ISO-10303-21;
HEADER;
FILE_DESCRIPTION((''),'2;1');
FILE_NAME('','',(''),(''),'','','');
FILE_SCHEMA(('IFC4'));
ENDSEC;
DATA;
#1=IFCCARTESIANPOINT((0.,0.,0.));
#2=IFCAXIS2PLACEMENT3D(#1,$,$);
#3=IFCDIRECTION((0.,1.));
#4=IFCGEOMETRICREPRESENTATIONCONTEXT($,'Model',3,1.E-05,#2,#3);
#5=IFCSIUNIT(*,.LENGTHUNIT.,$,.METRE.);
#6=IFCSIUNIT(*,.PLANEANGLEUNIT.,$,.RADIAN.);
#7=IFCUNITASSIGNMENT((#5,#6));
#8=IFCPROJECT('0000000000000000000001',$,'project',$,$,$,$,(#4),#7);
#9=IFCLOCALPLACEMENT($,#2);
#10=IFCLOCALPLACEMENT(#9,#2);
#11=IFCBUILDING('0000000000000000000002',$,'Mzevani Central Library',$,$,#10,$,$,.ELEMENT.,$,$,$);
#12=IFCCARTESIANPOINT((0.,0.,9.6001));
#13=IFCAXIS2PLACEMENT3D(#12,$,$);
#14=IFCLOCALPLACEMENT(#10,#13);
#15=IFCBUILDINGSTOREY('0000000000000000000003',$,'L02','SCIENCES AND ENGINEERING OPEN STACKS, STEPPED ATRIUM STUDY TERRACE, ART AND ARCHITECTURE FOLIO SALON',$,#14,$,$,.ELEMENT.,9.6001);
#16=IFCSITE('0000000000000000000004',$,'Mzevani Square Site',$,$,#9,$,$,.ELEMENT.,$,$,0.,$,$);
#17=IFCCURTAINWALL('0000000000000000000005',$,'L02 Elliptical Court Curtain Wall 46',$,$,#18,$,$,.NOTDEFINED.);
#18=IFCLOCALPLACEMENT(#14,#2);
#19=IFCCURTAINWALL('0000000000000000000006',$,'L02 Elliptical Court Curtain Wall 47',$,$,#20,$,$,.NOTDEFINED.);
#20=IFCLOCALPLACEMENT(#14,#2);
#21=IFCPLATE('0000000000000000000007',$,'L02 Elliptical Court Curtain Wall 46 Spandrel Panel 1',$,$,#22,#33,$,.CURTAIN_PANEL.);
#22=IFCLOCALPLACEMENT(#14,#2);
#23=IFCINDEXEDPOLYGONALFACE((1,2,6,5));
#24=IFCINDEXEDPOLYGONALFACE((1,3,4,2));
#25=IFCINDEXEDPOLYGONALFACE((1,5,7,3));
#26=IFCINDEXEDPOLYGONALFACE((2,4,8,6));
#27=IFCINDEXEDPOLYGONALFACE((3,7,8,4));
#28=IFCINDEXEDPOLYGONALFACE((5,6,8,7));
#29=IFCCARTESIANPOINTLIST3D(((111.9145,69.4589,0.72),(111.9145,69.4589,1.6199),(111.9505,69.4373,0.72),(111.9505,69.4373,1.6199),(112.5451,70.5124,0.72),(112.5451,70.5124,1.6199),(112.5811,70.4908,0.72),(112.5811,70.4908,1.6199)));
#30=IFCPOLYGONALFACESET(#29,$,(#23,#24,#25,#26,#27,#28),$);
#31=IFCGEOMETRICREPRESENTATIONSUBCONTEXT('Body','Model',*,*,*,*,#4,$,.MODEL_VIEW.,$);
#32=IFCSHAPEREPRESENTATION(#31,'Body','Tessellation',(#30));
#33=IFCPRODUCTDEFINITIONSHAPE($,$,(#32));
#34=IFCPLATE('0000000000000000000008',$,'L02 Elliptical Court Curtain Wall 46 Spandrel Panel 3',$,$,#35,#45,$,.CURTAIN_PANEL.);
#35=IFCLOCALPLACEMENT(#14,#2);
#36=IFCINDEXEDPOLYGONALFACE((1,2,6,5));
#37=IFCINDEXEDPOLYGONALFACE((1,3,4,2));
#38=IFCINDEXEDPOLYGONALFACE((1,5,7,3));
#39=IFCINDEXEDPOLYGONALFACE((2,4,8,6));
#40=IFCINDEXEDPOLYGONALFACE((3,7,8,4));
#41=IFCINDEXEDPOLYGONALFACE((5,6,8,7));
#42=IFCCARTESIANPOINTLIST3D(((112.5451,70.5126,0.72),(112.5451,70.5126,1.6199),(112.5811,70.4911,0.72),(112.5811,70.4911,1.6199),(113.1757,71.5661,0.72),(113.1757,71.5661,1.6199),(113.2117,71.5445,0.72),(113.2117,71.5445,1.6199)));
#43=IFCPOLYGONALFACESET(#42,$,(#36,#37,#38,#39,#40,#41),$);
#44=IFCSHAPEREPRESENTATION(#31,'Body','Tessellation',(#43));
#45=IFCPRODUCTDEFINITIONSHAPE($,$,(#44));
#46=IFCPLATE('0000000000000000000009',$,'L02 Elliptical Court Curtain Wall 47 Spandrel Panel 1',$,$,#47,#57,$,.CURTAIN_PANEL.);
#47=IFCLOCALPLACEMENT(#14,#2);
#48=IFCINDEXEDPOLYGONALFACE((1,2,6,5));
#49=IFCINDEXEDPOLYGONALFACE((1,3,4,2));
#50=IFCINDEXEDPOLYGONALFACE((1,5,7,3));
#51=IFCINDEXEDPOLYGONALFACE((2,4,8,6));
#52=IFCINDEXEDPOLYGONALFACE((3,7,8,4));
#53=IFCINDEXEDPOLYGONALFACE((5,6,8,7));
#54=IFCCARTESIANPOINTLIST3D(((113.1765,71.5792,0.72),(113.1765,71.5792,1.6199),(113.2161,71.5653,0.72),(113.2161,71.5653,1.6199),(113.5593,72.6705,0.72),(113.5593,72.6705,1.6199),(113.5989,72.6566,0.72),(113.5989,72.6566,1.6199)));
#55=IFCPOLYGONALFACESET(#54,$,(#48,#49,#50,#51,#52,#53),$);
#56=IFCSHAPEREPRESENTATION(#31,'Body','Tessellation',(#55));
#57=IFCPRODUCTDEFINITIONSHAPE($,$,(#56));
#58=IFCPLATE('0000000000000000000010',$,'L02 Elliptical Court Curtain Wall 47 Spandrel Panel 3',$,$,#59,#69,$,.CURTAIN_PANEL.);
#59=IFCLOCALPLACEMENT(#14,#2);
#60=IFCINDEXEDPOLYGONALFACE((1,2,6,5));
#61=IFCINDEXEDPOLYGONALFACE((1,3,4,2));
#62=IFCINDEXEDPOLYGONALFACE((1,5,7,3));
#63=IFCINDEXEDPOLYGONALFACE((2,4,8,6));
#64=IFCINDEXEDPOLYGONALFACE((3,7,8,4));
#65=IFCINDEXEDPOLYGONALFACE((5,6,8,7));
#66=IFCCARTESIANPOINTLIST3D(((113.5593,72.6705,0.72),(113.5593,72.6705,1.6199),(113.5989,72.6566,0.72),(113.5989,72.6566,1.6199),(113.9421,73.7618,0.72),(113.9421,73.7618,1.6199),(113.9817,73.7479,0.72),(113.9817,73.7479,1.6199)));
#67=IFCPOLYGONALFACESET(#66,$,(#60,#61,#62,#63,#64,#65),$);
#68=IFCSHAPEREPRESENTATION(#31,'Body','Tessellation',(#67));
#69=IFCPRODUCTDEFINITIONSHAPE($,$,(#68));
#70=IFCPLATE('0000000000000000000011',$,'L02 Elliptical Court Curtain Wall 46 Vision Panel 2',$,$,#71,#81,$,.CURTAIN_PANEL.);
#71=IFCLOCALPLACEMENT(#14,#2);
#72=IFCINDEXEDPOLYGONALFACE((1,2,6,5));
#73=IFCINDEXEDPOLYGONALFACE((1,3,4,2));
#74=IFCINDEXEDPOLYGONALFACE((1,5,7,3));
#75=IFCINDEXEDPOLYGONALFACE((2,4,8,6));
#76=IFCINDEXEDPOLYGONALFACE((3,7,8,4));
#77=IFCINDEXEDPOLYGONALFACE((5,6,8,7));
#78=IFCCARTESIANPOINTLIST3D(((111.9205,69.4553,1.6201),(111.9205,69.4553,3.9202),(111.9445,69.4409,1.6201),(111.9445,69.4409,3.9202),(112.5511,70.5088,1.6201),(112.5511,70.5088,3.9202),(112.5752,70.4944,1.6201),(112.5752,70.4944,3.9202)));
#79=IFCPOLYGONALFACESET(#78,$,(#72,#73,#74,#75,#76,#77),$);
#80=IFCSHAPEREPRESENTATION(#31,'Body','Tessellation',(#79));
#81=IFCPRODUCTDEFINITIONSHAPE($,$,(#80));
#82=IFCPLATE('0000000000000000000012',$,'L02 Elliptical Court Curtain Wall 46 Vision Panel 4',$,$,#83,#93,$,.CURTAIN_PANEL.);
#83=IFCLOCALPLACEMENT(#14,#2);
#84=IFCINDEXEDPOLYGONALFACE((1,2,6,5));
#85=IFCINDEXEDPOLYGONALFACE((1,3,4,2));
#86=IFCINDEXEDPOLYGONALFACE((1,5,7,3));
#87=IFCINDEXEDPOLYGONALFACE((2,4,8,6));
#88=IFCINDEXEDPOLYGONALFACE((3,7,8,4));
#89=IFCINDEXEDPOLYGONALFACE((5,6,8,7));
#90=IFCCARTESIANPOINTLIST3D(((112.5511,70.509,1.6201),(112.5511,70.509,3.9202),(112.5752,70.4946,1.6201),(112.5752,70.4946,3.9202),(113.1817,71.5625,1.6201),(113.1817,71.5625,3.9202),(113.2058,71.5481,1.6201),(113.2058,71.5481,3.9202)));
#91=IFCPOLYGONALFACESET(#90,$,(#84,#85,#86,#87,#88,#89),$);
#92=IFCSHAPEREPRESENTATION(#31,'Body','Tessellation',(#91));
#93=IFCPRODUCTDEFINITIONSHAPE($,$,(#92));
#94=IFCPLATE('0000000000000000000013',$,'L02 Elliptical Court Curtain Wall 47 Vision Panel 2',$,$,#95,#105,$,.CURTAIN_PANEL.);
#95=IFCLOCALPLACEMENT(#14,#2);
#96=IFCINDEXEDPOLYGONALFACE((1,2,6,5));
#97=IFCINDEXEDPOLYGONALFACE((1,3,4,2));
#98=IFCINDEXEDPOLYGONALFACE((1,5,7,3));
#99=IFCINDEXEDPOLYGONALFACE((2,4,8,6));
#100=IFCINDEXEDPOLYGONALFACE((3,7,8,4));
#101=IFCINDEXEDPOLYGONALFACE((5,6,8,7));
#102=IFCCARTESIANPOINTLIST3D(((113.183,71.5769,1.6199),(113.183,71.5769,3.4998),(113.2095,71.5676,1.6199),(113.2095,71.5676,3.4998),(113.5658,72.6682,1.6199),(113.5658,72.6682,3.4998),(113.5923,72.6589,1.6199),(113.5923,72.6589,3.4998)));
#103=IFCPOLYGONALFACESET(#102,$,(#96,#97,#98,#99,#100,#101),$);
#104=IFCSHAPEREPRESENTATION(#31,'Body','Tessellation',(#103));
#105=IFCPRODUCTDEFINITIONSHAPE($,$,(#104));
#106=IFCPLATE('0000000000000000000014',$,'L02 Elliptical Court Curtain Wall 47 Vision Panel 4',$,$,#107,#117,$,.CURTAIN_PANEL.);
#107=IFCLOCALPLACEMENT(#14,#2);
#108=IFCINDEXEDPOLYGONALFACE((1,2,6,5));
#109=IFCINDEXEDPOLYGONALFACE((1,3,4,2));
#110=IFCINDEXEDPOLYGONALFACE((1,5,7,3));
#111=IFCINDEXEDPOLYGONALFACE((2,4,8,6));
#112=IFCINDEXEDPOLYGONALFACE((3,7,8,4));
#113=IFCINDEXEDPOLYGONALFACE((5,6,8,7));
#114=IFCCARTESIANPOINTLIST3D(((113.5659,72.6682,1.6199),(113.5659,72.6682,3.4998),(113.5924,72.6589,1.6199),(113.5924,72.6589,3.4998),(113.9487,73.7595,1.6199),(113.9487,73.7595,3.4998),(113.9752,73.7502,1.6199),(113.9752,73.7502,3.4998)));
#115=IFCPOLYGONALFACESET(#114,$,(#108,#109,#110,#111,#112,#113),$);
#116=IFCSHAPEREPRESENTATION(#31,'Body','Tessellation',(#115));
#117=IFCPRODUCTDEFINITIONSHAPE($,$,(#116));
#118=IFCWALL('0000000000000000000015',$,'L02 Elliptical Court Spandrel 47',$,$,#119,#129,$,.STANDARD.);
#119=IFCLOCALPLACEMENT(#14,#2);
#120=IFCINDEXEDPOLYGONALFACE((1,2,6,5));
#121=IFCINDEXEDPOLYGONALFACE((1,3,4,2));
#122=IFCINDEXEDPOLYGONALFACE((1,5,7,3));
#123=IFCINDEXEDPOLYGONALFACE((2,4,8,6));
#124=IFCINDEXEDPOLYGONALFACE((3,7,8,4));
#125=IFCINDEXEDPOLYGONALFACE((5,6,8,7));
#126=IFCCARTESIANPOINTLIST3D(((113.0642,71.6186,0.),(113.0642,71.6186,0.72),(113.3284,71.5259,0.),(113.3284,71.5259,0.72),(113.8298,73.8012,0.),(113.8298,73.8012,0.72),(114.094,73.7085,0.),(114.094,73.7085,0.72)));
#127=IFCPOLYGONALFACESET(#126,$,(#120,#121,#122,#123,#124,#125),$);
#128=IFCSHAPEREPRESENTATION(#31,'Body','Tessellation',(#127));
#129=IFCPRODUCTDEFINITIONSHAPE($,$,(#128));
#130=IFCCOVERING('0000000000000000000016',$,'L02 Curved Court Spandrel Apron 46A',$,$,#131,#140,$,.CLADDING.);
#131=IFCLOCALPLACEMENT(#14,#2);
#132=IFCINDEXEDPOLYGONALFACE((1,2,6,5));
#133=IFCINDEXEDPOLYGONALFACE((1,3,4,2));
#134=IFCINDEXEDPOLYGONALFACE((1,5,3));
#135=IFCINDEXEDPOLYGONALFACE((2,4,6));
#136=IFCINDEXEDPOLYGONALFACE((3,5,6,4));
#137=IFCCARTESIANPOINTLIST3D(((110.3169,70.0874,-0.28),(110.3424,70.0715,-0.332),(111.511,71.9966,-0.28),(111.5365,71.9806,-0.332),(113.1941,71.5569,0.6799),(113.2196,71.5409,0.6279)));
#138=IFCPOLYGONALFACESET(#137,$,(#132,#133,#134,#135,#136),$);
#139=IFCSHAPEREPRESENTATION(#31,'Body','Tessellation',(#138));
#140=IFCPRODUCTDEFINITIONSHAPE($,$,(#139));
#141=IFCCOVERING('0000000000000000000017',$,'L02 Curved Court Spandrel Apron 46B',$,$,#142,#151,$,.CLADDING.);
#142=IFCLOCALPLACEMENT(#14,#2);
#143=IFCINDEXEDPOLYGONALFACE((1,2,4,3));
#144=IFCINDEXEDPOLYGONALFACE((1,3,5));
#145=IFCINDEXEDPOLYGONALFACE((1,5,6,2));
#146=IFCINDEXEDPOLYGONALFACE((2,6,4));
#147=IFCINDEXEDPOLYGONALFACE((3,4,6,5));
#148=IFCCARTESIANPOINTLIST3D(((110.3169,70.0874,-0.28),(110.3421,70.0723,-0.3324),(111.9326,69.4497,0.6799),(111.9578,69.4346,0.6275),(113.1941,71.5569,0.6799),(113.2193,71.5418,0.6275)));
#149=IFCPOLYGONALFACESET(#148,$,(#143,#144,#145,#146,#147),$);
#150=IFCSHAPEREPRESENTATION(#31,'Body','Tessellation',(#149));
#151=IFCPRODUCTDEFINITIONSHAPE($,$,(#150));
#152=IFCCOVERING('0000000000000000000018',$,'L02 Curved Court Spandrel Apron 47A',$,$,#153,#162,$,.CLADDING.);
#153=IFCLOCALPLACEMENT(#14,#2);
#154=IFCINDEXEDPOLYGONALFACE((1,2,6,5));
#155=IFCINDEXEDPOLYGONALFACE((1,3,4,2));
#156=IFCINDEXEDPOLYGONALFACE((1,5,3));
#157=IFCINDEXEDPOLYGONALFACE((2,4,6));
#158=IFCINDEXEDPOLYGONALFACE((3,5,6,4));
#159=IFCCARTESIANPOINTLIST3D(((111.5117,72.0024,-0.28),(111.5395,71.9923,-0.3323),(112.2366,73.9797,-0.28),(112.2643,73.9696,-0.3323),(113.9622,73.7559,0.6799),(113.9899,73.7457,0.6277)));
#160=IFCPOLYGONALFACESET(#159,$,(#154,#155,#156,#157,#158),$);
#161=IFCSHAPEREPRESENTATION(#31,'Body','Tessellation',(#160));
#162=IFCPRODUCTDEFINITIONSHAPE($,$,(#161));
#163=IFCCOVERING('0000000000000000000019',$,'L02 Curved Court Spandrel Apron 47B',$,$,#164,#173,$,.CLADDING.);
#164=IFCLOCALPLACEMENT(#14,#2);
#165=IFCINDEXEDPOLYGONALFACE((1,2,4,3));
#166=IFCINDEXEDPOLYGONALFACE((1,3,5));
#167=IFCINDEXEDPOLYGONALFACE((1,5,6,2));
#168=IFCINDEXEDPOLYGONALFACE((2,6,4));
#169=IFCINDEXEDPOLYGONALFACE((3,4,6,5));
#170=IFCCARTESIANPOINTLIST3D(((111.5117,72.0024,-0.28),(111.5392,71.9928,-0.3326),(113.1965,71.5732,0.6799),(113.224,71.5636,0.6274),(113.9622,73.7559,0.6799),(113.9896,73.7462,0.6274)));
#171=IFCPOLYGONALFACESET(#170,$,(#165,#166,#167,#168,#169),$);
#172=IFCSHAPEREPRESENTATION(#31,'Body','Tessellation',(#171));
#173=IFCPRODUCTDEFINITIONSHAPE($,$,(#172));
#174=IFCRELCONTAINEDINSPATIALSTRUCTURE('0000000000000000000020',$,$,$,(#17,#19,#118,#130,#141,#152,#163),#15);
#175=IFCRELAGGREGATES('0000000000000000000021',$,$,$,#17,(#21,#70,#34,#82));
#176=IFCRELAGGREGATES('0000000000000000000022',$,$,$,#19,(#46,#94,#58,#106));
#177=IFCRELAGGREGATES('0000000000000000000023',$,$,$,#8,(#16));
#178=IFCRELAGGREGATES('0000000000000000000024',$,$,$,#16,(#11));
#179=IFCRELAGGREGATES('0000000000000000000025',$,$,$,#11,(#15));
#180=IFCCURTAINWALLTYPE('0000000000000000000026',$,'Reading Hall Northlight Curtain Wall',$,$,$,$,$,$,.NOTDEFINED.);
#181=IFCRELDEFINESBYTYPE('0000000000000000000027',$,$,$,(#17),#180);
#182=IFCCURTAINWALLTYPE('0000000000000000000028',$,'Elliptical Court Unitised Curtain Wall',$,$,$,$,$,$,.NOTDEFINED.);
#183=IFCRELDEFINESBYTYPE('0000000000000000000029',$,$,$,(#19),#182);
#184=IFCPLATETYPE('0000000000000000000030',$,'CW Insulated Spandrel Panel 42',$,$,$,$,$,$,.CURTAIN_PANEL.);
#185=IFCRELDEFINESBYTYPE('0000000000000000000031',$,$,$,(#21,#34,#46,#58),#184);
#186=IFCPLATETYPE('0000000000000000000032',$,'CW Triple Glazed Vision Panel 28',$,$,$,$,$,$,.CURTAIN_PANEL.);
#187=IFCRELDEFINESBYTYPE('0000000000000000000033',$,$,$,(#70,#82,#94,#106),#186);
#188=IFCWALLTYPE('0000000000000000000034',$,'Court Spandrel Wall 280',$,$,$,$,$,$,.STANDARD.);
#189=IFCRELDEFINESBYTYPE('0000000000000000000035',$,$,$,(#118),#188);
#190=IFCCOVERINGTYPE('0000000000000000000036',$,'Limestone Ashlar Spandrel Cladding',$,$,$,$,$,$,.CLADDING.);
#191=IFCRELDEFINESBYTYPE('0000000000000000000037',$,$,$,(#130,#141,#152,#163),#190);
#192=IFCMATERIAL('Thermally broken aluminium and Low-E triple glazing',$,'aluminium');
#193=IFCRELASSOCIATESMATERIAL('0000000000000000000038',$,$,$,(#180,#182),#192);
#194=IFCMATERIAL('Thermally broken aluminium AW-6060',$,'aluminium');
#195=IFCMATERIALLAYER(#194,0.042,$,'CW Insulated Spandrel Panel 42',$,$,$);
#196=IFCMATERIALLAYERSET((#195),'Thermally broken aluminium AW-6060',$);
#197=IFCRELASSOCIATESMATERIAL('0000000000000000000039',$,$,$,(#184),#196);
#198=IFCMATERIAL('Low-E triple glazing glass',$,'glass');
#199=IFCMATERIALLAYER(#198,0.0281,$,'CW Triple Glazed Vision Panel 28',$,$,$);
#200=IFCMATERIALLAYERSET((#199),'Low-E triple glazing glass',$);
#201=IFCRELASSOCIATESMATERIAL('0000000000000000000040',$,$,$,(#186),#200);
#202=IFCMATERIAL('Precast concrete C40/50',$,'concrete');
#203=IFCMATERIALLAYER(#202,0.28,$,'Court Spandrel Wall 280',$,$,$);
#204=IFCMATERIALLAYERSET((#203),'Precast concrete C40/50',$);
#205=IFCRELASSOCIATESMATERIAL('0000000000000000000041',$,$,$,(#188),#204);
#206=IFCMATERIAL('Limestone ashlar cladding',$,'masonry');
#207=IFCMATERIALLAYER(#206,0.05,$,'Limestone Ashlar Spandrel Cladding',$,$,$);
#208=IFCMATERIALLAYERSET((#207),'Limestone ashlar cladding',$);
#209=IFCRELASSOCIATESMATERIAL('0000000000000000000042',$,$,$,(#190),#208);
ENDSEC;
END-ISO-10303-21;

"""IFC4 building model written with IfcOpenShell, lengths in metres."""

from ifc_helpers import new_model, si_unit, direction, frame, frame_2d, origin, origin_2d, place, context, subcontext, project, spatial, polyline, rectangle, outline, extrude, material, layer, layer_set, type_object, element, aggregate, save


model = new_model("IFC4")

# Units and contexts
model_context = context("Model", 3, precision=1e-05, world=origin(), true_north=direction((0.0, 1.0)))
body_context = subcontext(model_context, "Body", "Model", "MODEL_VIEW")
ifc_project = project(units=[si_unit("LENGTHUNIT", "METRE"), si_unit("PLANEANGLEUNIT", "RADIAN")], contexts=[model_context])

# Site, building, storey
site_placement = place(None, origin())
site = spatial("IfcSite", under=ifc_project, at=site_placement, Name="Mzevani Square Site", CompositionType="ELEMENT", RefElevation=0.0)
building_placement = place(site_placement, origin())
building = spatial("IfcBuilding", under=site, at=building_placement, Name="Mzevani Central Library", CompositionType="ELEMENT")
storey_placement = place(building_placement, frame((0.0, 0.0, 9.6001)))
storey = spatial("IfcBuildingStorey", under=building, at=storey_placement, Name="L02", Description="SCIENCES AND ENGINEERING OPEN STACKS, STEPPED ATRIUM STUDY TERRACE, ART AND ARCHITECTURE FOLIO SALON", CompositionType="ELEMENT", Elevation=9.6001)

# Curtain walls
ifc_material_1 = material(Name="Thermally broken aluminium and Low-E triple glazing", Category="aluminium")
curtain_wall_type_1 = type_object("IfcCurtainWallType", Name="Reading Hall Northlight Curtain Wall", PredefinedType="NOTDEFINED", material=ifc_material_1)
curtain_wall_1_placement = place(storey_placement, origin())
curtain_wall_1 = element("IfcCurtainWall", 1, at=curtain_wall_1_placement, inside=storey, type_object=curtain_wall_type_1, Name="L02 Elliptical Court Curtain Wall 46", PredefinedType="NOTDEFINED")
ifc_material_2 = material(Name="Thermally broken aluminium AW-6060", Category="aluminium")
curtain_wall_type_2 = type_object("IfcCurtainWallType", Name="Elliptical Court Unitised Curtain Wall", PredefinedType="NOTDEFINED", material=ifc_material_1)
curtain_wall_2_placement = place(storey_placement, origin())
curtain_wall_2 = element("IfcCurtainWall", 2, at=curtain_wall_2_placement, inside=storey, type_object=curtain_wall_type_2, Name="L02 Elliptical Court Curtain Wall 47", PredefinedType="NOTDEFINED")

# Plates
ifc_layer_1 = layer(ifc_material_2, 0.042, Name="CW Insulated Spandrel Panel 42")
ifc_layer_set_1 = layer_set([ifc_layer_1], Name="Thermally broken aluminium AW-6060")
plate_type_1 = type_object("IfcPlateType", Name="CW Insulated Spandrel Panel 42", PredefinedType="CURTAIN_PANEL", material=ifc_layer_set_1)
plate_1_placement = place(storey_placement, frame((112.2478, 69.9749, 0.72), z_axis=(0.0, 0.0, 1.0), x_axis=(0.513621, 0.858017, 0.0)))
plate_1 = element("IfcPlate", 3, at=plate_1_placement, type_object=plate_type_1, Name="L02 Elliptical Court Curtain Wall 46 Spandrel Panel 1", PredefinedType="CURTAIN_PANEL", context=body_context, shape_type="SweptSolid", body=[
    extrude(rectangle(XDim=1.2278, YDim=0.042, at=origin_2d()), origin(), (0.0, 0.0, 1.0), 0.8999),
])
plate_2_placement = place(storey_placement, frame((112.8784, 71.0286, 0.72), z_axis=(0.0, 0.0, 1.0), x_axis=(0.513621, 0.858017, 0.0)))
plate_2 = element("IfcPlate", 4, at=plate_2_placement, type_object=plate_type_1, Name="L02 Elliptical Court Curtain Wall 46 Spandrel Panel 3", PredefinedType="CURTAIN_PANEL", context=body_context, shape_type="SweptSolid", body=[
    extrude(rectangle(XDim=1.2278, YDim=0.042, at=origin_2d()), origin(), (0.0, 0.0, 1.0), 0.8999),
])
plate_3_placement = place(storey_placement, frame((113.3877, 72.1179, 0.72), z_axis=(0.0, 0.0, 1.0), x_axis=(0.331002, 0.94363, 0.0)))
plate_3 = element("IfcPlate", 5, at=plate_3_placement, type_object=plate_type_1, Name="L02 Elliptical Court Curtain Wall 47 Spandrel Panel 1", PredefinedType="CURTAIN_PANEL", context=body_context, shape_type="SweptSolid", body=[
    extrude(rectangle(XDim=1.1565, YDim=0.042, at=origin_2d()), origin(), (0.0, 0.0, 1.0), 0.8999),
])
plate_4_placement = place(storey_placement, frame((113.7705, 73.2092, 0.72), z_axis=(0.0, 0.0, 1.0), x_axis=(0.331002, 0.94363, 0.0)))
plate_4 = element("IfcPlate", 6, at=plate_4_placement, type_object=plate_type_1, Name="L02 Elliptical Court Curtain Wall 47 Spandrel Panel 3", PredefinedType="CURTAIN_PANEL", context=body_context, shape_type="SweptSolid", body=[
    extrude(rectangle(XDim=1.1565, YDim=0.042, at=origin_2d()), origin(), (0.0, 0.0, 1.0), 0.8999),
])
ifc_material_3 = material(Name="Low-E triple glazing glass", Category="glass")
ifc_layer_2 = layer(ifc_material_3, 0.0281, Name="CW Triple Glazed Vision Panel 28")
ifc_layer_set_2 = layer_set([ifc_layer_2], Name="Low-E triple glazing glass")
plate_type_2 = type_object("IfcPlateType", Name="CW Triple Glazed Vision Panel 28", PredefinedType="CURTAIN_PANEL", material=ifc_layer_set_2)
plate_5_placement = place(storey_placement, frame((112.2478, 69.9749, 1.6201), z_axis=(0.0, 0.0, 1.0), x_axis=(0.513621, 0.858017, 0.0)))
plate_5 = element("IfcPlate", 7, at=plate_5_placement, type_object=plate_type_2, Name="L02 Elliptical Court Curtain Wall 46 Vision Panel 2", PredefinedType="CURTAIN_PANEL", context=body_context, shape_type="SweptSolid", body=[
    extrude(rectangle(XDim=1.2278, YDim=0.0281, at=origin_2d()), origin(), (0.0, 0.0, 1.0), 2.3),
])
plate_6_placement = place(storey_placement, frame((112.8784, 71.0286, 1.6201), z_axis=(0.0, 0.0, 1.0), x_axis=(0.513621, 0.858017, 0.0)))
plate_6 = element("IfcPlate", 8, at=plate_6_placement, type_object=plate_type_2, Name="L02 Elliptical Court Curtain Wall 46 Vision Panel 4", PredefinedType="CURTAIN_PANEL", context=body_context, shape_type="SweptSolid", body=[
    extrude(rectangle(XDim=1.2278, YDim=0.0281, at=origin_2d()), origin(), (0.0, 0.0, 1.0), 2.3),
])
aggregate(curtain_wall_1, [plate_1, plate_5, plate_2, plate_6])
plate_7_placement = place(storey_placement, frame((113.3877, 72.1179, 1.6199), z_axis=(0.0, 0.0, 1.0), x_axis=(0.331002, 0.94363, 0.0)))
plate_7 = element("IfcPlate", 9, at=plate_7_placement, type_object=plate_type_2, Name="L02 Elliptical Court Curtain Wall 47 Vision Panel 2", PredefinedType="CURTAIN_PANEL", context=body_context, shape_type="SweptSolid", body=[
    extrude(rectangle(XDim=1.1565, YDim=0.0281, at=origin_2d()), origin(), (0.0, 0.0, 1.0), 1.8799),
])
plate_8_placement = place(storey_placement, frame((113.7705, 73.2092, 1.6199), z_axis=(0.0, 0.0, 1.0), x_axis=(0.331002, 0.94363, 0.0)))
plate_8 = element("IfcPlate", 10, at=plate_8_placement, type_object=plate_type_2, Name="L02 Elliptical Court Curtain Wall 47 Vision Panel 4", PredefinedType="CURTAIN_PANEL", context=body_context, shape_type="SweptSolid", body=[
    extrude(rectangle(XDim=1.1565, YDim=0.0281, at=origin_2d()), origin(), (0.0, 0.0, 1.0), 1.8799),
])
aggregate(curtain_wall_2, [plate_3, plate_7, plate_4, plate_8])

# Wall
ifc_material_4 = material(Name="Precast concrete C40/50", Category="concrete")
ifc_layer_3 = layer(ifc_material_4, 0.28, Name="Court Spandrel Wall 280")
ifc_layer_set_3 = layer_set([ifc_layer_3], Name="Precast concrete C40/50")
wall_type = type_object("IfcWallType", Name="Court Spandrel Wall 280", PredefinedType="STANDARD", material=ifc_layer_set_3)
wall_placement = place(storey_placement, frame((113.1963, 71.5723, 0.0), z_axis=(0.0, 0.0, 1.0), x_axis=(0.331009, 0.943628, 0.0)))
element("IfcWall", 11, at=wall_placement, inside=storey, type_object=wall_type, Name="L02 Elliptical Court Spandrel 47", PredefinedType="STANDARD", context=body_context, shape_type="SweptSolid", body=[
    extrude(rectangle(XDim=2.313, YDim=0.28, at=frame_2d((1.1565, 0.0))), origin(), (0.0, 0.0, 1.0), 0.72),
])

# Coverings
ifc_material_5 = material(Name="Limestone ashlar cladding", Category="masonry")
ifc_layer_4 = layer(ifc_material_5, 0.05, Name="Limestone Ashlar Spandrel Cladding")
ifc_layer_set_4 = layer_set([ifc_layer_4], Name="Limestone ashlar cladding")
covering_type = type_object("IfcCoveringType", Name="Limestone Ashlar Spandrel Cladding", PredefinedType="CLADDING", material=ifc_layer_set_4)
covering_1_placement = place(storey_placement, frame((110.3169, 70.0874, -0.28), z_axis=(-0.424404, 0.265442, 0.865692), x_axis=(0.530272, 0.847828, 0.0)))
element("IfcCovering", 12, at=covering_1_placement, inside=storey, type_object=covering_type, Name="L02 Curved Court Spandrel Apron 46A", PredefinedType="CLADDING", context=body_context, shape_type="SweptSolid", body=[
    extrude(outline(polyline([(0.0, 0.0), (2.2518, 0.0), (2.7716, -1.9177), (0.0, 0.0)])), origin(), (0.0, 0.0, -1.0), 0.0601),
])
covering_2_placement = place(storey_placement, frame((110.3169, 70.0874, -0.28), z_axis=(-0.419292, 0.251012, 0.872461), x_axis=(0.853683, 0.436005, 0.284826)))
element("IfcCovering", 13, at=covering_2_placement, inside=storey, type_object=covering_type, Name="L02 Curved Court Spandrel Apron 46B", PredefinedType="CLADDING", context=body_context, shape_type="SweptSolid", body=[
    extrude(outline(polyline([(0.0, 0.0), (3.3703, 0.0), (1.3747, -1.4314), (0.0, 0.0)])), origin(), (0.0, 0.0, -1.0), 0.0601),
])
covering_3_placement = place(storey_placement, frame((111.5117, 72.0024, -0.28), z_axis=(-0.462237, 0.169451, 0.870416), x_axis=(0.34419, 0.9389, 0.0)))
element("IfcCovering", 14, at=covering_3_placement, inside=storey, type_object=covering_type, Name="L02 Curved Court Spandrel Apron 47A", PredefinedType="CLADDING", context=body_context, shape_type="SweptSolid", body=[
    extrude(outline(polyline([(0.0, 0.0), (2.106, 0.0), (2.4897, -1.9499), (0.0, 0.0)])), origin(), (0.0, 0.0, -1.0), 0.0601),
])
covering_4_placement = place(storey_placement, frame((111.5117, 72.0024, -0.28), z_axis=(-0.457461, 0.16047, 0.87463), x_axis=(0.774872, 0.554461, 0.303556)))
element("IfcCovering", 15, at=covering_4_placement, inside=storey, type_object=covering_type, Name="L02 Curved Court Spandrel Apron 47B", PredefinedType="CLADDING", context=body_context, shape_type="SweptSolid", body=[
    extrude(outline(polyline([(0.0, 0.0), (3.1624, 0.0), (1.3589, -1.4483), (0.0, 0.0)])), origin(), (0.0, 0.0, -1.0), 0.0601),
])

save(model, "model.ifc")
